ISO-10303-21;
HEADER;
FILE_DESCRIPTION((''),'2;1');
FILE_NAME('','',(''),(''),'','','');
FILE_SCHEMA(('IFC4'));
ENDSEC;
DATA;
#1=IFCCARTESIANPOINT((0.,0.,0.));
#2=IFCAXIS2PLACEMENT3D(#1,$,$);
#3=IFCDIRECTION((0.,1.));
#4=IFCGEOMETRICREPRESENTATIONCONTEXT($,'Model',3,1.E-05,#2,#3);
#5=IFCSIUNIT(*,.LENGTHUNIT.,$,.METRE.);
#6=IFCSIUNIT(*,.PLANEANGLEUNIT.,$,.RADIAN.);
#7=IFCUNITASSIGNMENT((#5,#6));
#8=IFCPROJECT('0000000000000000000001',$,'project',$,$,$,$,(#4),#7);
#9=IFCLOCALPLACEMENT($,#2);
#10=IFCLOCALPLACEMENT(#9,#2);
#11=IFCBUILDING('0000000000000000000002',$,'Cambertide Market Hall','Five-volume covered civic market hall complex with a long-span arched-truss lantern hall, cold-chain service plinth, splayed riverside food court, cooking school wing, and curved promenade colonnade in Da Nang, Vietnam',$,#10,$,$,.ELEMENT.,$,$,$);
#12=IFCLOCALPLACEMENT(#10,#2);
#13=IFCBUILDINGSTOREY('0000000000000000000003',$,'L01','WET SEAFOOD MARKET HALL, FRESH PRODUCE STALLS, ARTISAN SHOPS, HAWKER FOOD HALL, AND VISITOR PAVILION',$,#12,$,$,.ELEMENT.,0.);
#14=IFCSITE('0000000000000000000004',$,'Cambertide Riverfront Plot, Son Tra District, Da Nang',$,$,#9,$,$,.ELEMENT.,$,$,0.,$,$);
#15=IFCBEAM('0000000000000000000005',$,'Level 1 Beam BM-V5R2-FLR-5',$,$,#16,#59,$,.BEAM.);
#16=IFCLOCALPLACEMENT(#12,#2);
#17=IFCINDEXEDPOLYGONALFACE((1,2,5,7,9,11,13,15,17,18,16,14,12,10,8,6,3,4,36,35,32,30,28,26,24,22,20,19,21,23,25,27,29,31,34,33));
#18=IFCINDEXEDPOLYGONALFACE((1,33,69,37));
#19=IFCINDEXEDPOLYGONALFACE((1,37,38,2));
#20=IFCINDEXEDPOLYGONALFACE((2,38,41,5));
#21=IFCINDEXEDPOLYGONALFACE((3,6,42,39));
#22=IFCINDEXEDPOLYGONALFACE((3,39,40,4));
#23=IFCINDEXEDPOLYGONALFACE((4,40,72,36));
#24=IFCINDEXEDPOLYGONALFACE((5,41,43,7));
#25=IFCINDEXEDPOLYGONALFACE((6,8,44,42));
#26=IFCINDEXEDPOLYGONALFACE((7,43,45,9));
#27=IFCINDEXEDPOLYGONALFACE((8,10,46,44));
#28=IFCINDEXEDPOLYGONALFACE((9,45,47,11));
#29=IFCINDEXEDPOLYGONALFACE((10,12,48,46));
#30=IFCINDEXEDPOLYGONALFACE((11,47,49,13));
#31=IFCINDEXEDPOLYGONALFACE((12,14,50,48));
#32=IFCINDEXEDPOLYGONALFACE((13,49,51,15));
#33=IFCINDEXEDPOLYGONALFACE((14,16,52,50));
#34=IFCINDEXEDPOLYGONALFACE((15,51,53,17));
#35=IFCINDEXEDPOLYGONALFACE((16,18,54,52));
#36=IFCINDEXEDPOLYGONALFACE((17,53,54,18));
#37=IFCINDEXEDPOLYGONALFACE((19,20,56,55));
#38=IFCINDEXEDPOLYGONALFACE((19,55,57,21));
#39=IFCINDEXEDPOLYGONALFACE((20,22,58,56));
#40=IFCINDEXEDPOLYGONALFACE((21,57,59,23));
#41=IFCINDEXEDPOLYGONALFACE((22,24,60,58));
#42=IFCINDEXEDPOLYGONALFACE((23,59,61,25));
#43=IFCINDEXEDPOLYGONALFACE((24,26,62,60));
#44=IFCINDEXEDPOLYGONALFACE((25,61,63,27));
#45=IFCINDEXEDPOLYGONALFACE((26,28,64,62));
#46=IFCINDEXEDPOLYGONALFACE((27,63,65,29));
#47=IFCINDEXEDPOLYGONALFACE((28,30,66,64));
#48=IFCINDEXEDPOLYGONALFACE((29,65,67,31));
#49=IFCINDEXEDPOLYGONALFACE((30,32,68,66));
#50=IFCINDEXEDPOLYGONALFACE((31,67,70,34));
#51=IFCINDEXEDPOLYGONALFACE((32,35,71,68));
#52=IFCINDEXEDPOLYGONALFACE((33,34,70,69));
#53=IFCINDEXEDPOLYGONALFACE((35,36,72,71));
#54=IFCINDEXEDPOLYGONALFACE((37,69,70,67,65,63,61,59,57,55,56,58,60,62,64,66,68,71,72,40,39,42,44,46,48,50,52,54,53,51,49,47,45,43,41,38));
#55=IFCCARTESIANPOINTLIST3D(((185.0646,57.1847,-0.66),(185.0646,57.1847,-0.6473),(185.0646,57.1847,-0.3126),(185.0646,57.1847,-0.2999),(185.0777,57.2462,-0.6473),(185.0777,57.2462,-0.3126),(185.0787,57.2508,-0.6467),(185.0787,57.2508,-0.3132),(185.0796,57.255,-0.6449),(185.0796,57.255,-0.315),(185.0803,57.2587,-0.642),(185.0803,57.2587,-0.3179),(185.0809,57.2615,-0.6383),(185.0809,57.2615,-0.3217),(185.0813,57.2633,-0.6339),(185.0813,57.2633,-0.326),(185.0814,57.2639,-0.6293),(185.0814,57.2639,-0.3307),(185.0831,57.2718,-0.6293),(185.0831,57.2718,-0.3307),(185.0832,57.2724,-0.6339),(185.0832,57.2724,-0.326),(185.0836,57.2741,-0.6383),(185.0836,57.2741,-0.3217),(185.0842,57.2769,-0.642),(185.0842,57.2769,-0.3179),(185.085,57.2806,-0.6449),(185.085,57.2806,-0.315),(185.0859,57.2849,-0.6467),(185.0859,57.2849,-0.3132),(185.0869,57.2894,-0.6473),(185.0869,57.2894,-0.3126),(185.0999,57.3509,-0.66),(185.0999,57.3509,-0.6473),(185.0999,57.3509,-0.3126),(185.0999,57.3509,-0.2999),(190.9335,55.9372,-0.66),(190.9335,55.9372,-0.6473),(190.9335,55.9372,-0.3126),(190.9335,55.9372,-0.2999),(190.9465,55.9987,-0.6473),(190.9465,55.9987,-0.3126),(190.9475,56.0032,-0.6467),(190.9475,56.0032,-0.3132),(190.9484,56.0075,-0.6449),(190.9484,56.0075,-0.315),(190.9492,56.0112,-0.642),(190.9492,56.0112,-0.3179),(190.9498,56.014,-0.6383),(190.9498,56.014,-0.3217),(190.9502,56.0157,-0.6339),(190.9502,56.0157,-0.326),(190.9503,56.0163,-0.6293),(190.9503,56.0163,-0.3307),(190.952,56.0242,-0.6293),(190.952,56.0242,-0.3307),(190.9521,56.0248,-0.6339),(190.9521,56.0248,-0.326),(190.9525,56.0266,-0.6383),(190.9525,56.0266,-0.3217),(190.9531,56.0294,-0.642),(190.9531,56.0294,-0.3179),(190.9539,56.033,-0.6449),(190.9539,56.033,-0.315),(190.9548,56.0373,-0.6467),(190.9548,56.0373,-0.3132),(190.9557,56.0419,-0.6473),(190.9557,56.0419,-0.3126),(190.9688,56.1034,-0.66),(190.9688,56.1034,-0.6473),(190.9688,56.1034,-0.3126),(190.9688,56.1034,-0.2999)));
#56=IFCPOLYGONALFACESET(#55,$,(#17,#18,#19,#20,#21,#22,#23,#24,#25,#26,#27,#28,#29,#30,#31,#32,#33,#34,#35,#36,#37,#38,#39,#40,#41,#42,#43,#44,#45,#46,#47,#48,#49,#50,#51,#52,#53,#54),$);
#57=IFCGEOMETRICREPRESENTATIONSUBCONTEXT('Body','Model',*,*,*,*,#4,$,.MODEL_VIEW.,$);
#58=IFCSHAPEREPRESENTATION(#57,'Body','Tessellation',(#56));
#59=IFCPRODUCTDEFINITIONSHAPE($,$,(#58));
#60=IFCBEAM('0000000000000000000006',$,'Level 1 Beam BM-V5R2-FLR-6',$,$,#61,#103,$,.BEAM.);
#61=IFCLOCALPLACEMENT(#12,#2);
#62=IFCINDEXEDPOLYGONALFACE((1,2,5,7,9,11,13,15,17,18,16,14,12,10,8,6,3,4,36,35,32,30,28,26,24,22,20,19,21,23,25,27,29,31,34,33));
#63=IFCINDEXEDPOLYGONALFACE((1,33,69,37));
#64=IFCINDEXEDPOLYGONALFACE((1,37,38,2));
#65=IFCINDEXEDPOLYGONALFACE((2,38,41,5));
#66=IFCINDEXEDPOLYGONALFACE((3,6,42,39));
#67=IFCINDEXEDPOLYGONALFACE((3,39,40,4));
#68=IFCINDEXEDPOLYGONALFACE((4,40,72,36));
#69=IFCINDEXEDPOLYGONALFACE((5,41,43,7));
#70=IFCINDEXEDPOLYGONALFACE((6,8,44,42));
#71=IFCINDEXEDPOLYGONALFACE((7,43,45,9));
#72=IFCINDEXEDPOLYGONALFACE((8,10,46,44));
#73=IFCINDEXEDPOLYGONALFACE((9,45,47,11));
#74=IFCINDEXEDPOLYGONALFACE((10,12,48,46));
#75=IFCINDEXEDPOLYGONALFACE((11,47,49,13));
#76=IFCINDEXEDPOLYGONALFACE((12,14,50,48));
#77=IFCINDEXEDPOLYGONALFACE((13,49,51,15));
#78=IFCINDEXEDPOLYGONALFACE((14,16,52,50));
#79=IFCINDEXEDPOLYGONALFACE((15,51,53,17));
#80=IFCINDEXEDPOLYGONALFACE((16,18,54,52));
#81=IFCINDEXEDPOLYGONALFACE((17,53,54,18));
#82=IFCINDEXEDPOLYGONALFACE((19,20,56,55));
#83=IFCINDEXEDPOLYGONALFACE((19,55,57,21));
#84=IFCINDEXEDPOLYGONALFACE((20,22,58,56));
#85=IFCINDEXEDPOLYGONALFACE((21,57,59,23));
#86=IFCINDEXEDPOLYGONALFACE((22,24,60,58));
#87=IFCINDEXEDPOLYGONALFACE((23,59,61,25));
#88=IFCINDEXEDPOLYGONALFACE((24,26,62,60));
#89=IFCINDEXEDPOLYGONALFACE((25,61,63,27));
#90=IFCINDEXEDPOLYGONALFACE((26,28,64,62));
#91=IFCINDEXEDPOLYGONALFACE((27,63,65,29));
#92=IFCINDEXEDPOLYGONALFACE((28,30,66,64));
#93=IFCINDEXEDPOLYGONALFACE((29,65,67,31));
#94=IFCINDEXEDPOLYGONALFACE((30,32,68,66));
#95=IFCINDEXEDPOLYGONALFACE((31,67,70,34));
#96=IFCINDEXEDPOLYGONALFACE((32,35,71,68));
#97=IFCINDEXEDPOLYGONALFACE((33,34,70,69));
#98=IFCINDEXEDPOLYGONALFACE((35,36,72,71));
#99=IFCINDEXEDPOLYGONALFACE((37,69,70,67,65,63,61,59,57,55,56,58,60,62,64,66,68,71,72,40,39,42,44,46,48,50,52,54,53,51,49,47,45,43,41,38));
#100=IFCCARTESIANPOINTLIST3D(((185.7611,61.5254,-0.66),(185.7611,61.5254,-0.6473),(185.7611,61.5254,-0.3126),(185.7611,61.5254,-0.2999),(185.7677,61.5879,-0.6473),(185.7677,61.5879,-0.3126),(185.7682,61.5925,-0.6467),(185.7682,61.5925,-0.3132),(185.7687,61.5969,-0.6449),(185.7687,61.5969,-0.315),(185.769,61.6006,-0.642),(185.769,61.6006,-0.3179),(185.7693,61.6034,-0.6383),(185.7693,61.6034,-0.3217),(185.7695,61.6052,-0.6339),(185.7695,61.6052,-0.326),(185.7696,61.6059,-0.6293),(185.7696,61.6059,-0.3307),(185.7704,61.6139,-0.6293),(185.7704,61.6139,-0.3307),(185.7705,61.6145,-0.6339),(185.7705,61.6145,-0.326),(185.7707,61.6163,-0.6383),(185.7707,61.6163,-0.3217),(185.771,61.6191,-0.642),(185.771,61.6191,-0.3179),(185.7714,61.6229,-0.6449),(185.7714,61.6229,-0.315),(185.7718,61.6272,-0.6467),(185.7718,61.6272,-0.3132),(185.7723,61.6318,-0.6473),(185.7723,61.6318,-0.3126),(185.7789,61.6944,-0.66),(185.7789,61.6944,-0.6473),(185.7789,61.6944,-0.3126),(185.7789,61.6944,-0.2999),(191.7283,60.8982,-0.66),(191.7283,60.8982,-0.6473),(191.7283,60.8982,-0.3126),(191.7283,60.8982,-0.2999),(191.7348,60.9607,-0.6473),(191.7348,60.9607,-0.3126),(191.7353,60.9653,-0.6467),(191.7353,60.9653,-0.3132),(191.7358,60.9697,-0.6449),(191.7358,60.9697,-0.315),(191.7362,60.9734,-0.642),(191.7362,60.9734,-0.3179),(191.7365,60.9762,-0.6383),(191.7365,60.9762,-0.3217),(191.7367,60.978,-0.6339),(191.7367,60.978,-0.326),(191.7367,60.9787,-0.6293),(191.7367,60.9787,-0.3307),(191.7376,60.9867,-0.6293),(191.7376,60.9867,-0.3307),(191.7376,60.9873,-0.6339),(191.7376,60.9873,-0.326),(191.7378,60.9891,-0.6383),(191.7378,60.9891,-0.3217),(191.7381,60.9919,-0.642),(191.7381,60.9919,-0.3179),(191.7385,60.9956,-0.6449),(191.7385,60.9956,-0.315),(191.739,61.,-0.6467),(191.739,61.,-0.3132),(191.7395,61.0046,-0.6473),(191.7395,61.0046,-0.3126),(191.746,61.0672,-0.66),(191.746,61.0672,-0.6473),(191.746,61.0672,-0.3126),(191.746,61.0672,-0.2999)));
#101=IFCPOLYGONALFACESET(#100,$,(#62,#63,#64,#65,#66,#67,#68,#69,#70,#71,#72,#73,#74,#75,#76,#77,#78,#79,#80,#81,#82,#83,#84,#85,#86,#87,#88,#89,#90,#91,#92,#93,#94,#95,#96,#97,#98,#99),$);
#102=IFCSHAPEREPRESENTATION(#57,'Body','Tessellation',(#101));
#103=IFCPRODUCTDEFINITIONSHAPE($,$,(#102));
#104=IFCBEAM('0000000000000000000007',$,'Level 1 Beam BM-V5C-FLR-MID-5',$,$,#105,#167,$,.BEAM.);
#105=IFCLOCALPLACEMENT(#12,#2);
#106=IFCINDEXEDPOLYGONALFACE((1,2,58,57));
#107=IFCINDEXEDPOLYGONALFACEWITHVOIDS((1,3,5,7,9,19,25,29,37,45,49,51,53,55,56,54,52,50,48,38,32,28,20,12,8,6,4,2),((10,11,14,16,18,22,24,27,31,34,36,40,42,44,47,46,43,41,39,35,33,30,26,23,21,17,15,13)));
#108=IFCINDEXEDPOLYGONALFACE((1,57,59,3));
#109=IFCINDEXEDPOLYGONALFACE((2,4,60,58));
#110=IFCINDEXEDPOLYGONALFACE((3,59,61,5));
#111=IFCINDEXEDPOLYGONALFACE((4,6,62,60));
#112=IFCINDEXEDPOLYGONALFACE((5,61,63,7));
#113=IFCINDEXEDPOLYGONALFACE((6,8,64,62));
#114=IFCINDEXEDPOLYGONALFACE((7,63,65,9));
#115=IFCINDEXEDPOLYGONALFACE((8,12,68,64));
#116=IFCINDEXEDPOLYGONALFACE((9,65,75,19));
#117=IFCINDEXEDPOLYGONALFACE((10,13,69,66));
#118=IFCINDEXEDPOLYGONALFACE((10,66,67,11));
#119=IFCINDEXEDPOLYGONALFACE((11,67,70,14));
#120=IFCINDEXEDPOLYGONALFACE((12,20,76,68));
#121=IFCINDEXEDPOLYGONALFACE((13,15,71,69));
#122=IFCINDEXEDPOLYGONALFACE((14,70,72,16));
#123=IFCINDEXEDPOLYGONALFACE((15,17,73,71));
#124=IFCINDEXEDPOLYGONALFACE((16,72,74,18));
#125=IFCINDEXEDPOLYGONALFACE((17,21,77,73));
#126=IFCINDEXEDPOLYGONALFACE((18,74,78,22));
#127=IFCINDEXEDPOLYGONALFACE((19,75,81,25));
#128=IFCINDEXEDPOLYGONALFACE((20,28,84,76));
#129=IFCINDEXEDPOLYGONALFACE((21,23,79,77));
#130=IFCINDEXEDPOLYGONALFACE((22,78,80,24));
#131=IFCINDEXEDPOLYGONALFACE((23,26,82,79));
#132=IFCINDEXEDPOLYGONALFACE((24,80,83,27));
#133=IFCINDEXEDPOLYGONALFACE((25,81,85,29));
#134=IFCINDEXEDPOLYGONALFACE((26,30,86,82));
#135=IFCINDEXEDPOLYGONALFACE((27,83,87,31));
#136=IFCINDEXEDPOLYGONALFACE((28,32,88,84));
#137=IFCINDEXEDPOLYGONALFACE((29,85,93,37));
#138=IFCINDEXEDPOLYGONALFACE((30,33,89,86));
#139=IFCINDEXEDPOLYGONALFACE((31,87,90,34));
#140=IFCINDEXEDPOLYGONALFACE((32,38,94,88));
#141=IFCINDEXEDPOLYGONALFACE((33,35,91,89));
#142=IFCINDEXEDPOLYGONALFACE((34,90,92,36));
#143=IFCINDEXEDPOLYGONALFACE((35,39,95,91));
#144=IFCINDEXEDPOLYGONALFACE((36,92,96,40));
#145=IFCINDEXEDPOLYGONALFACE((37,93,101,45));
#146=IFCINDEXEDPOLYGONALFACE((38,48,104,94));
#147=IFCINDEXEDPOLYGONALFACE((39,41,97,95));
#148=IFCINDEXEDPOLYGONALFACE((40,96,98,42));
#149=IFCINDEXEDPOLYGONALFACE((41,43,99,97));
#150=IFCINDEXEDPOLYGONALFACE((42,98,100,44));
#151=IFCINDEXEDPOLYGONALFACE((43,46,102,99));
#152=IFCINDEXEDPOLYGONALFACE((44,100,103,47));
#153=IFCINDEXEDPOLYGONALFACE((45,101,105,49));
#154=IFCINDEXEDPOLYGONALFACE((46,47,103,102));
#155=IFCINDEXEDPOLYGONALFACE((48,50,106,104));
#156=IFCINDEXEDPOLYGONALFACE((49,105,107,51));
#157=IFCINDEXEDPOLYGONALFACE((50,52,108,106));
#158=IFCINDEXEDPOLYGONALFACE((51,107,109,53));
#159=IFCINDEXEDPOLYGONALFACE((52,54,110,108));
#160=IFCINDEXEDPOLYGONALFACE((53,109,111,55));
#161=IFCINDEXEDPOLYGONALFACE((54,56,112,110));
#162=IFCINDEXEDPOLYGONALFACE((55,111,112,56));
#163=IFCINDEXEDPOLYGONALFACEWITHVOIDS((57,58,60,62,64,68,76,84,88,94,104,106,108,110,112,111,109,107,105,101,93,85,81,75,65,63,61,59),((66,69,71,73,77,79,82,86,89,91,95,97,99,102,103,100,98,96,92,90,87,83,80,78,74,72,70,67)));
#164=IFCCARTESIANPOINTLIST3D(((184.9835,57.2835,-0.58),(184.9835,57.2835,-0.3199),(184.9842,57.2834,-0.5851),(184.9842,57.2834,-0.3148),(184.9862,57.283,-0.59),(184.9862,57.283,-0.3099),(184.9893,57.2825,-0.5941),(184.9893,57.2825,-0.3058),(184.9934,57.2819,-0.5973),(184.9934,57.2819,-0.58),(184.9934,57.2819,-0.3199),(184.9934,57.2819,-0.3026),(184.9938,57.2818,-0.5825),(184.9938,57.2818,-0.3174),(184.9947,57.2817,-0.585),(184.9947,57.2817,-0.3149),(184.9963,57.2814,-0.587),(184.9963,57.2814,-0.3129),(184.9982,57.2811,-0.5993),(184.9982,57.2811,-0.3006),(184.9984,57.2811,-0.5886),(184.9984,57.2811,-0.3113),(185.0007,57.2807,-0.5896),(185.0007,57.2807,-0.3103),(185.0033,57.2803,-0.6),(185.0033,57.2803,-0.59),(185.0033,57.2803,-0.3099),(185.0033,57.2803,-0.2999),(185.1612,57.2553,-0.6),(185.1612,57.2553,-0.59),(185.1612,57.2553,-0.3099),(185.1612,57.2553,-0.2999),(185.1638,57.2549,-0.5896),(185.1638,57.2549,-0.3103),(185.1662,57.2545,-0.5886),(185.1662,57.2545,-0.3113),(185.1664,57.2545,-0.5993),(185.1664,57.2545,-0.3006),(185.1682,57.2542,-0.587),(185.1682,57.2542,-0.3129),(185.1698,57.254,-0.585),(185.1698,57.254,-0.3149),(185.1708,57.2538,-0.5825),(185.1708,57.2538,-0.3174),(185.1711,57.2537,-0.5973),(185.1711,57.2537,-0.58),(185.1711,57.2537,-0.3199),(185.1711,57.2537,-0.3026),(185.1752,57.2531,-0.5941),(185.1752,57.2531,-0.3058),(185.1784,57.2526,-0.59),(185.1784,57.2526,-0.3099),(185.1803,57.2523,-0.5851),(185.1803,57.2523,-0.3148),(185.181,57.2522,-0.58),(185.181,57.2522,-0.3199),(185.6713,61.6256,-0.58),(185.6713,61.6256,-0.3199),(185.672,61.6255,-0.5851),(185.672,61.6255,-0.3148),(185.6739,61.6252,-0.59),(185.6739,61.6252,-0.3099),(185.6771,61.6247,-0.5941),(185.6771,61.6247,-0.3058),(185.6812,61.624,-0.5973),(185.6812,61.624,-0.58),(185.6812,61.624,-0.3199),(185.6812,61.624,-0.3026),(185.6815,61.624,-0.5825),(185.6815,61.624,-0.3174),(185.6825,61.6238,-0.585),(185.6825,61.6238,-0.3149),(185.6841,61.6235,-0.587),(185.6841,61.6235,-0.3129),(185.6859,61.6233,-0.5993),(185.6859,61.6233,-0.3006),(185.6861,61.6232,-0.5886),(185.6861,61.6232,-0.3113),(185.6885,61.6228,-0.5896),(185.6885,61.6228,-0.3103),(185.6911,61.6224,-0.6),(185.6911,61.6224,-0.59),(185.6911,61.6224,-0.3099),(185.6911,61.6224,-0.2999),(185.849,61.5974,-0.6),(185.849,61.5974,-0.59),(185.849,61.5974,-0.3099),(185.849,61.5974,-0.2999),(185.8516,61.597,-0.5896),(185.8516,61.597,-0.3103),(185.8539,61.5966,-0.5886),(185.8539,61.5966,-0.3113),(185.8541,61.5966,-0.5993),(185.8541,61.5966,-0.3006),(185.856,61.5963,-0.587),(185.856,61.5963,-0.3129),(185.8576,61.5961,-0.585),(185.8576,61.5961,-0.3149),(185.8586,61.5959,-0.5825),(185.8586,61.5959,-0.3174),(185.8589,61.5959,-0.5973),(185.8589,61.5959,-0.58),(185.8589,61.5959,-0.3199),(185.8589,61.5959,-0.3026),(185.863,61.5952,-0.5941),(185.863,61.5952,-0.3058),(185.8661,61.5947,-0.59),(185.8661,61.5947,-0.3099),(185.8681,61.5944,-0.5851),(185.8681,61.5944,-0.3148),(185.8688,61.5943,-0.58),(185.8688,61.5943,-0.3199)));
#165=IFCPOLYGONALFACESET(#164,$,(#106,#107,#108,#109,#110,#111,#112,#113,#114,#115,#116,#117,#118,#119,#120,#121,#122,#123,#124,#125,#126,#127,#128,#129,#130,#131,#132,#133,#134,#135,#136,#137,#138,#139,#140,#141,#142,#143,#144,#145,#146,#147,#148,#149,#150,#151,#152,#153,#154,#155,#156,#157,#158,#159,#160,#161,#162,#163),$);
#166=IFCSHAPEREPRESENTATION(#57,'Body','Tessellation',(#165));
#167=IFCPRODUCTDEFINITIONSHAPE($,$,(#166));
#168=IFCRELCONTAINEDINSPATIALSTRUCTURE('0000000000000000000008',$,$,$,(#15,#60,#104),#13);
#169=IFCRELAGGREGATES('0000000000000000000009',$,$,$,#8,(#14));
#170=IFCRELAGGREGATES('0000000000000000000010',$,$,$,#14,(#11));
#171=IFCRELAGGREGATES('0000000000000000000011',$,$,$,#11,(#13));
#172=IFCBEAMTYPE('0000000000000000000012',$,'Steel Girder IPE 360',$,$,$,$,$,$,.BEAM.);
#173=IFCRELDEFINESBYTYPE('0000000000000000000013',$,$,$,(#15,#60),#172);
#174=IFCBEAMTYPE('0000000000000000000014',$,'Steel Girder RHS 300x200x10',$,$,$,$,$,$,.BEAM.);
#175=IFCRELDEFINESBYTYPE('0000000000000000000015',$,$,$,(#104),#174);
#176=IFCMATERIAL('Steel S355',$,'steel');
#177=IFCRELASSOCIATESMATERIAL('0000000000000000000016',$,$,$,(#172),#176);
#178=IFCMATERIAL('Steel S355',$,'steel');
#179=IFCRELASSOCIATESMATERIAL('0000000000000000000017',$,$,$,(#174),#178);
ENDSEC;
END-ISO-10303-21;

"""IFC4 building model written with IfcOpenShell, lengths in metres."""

from ifc_helpers import new_model, si_unit, direction, frame, origin, origin_2d, place, context, subcontext, project, spatial, hollow_rectangle, i_section, extrude, material, material_profile, profile_set, type_object, element, save


model = new_model("IFC4")

# Units and contexts
model_context = context("Model", 3, precision=1e-05, world=origin(), true_north=direction((0.0, 1.0)))
body_context = subcontext(model_context, "Body", "Model", "MODEL_VIEW")
ifc_project = project(units=[si_unit("LENGTHUNIT", "METRE"), si_unit("PLANEANGLEUNIT", "RADIAN")], contexts=[model_context])

# Site, building, storey
site_placement = place(None, origin())
site = spatial("IfcSite", under=ifc_project, at=site_placement, Name="Cambertide Riverfront Plot, Son Tra District, Da Nang", CompositionType="ELEMENT", RefElevation=0.0)
building_placement = place(site_placement, origin())
building = spatial("IfcBuilding", under=site, at=building_placement, Name="Cambertide Market Hall", Description="Five-volume covered civic market hall complex with a long-span arched-truss lantern hall, cold-chain service plinth, splayed riverside food court, cooking school wing, and curved promenade colonnade in Da Nang, Vietnam", CompositionType="ELEMENT")
storey_placement = place(building_placement, origin())
storey = spatial("IfcBuildingStorey", under=building, at=storey_placement, Name="L01", Description="WET SEAFOOD MARKET HALL, FRESH PRODUCE STALLS, ARTISAN SHOPS, HAWKER FOOD HALL, AND VISITOR PAVILION", CompositionType="ELEMENT", Elevation=0.0)

# Beams
ifc_material_1 = material(Name="Steel S355", Category="steel")
ifc_material_profile_1 = material_profile(ifc_material_1, i_section(OverallWidth=0.1699, OverallDepth=0.3601, WebThickness=0.0081, FlangeThickness=0.0127, FilletRadius=0.0181, at=origin_2d()), Name="IPE 360")
ifc_profile_set_1 = profile_set([ifc_material_profile_1], Name="Steel S355")
beam_type_1 = type_object("IfcBeamType", Name="Steel Girder IPE 360", PredefinedType="BEAM", material=ifc_profile_set_1)
for number, where, z_axis, x_axis, name in (
    (1, (185.0823, 57.2678, -0.48), (0.978145, -0.207925, 0.0), (0.207925, 0.978145, 0.0), "Level 1 Beam BM-V5R2-FLR-5"),
    (2, (185.77, 61.6099, -0.48), (0.994521, -0.104534, 0.0), (0.104534, 0.994521, 0.0), "Level 1 Beam BM-V5R2-FLR-6"),
):
    element("IfcBeam", number, at=place(storey_placement, frame(where, z_axis=z_axis, x_axis=x_axis)), inside=storey, type_object=beam_type_1, Name=name, PredefinedType="BEAM", context=body_context, shape_type="SweptSolid", body=[
        extrude(i_section(OverallWidth=0.1699, OverallDepth=0.3601, WebThickness=0.0081, FlangeThickness=0.0127, FilletRadius=0.0181, at=origin_2d()), origin(), (0.0, 0.0, 1.0), 6.0),
    ])
ifc_material_2 = material(Name="Steel S355", Category="steel")
ifc_material_profile_2 = material_profile(ifc_material_2, hollow_rectangle(XDim=0.2, YDim=0.3, WallThickness=0.01, InnerFilletRadius=0.01, OuterFilletRadius=0.02, at=origin_2d()), Name="RHS 300x200x10")
ifc_profile_set_2 = profile_set([ifc_material_profile_2], Name="Steel S355")
beam_type_2 = type_object("IfcBeamType", Name="Steel Girder RHS 300x200x10", PredefinedType="BEAM", material=ifc_profile_set_2)
for number, where, z_axis, x_axis, name in (
    (3, (185.0823, 57.2678, -0.45), (0.156442, 0.987687, 0.0), (-0.987687, 0.156442, 0.0), "Level 1 Beam BM-V5C-FLR-MID-5"),
):
    element("IfcBeam", number, at=place(storey_placement, frame(where, z_axis=z_axis, x_axis=x_axis)), inside=storey, type_object=beam_type_2, Name=name, PredefinedType="BEAM", context=body_context, shape_type="SweptSolid", body=[
        extrude(hollow_rectangle(XDim=0.2, YDim=0.3, WallThickness=0.01, InnerFilletRadius=0.01, OuterFilletRadius=0.02, at=origin_2d()), origin(), (0.0, 0.0, 1.0), 4.3962),
    ])

save(model, "model.ifc")
